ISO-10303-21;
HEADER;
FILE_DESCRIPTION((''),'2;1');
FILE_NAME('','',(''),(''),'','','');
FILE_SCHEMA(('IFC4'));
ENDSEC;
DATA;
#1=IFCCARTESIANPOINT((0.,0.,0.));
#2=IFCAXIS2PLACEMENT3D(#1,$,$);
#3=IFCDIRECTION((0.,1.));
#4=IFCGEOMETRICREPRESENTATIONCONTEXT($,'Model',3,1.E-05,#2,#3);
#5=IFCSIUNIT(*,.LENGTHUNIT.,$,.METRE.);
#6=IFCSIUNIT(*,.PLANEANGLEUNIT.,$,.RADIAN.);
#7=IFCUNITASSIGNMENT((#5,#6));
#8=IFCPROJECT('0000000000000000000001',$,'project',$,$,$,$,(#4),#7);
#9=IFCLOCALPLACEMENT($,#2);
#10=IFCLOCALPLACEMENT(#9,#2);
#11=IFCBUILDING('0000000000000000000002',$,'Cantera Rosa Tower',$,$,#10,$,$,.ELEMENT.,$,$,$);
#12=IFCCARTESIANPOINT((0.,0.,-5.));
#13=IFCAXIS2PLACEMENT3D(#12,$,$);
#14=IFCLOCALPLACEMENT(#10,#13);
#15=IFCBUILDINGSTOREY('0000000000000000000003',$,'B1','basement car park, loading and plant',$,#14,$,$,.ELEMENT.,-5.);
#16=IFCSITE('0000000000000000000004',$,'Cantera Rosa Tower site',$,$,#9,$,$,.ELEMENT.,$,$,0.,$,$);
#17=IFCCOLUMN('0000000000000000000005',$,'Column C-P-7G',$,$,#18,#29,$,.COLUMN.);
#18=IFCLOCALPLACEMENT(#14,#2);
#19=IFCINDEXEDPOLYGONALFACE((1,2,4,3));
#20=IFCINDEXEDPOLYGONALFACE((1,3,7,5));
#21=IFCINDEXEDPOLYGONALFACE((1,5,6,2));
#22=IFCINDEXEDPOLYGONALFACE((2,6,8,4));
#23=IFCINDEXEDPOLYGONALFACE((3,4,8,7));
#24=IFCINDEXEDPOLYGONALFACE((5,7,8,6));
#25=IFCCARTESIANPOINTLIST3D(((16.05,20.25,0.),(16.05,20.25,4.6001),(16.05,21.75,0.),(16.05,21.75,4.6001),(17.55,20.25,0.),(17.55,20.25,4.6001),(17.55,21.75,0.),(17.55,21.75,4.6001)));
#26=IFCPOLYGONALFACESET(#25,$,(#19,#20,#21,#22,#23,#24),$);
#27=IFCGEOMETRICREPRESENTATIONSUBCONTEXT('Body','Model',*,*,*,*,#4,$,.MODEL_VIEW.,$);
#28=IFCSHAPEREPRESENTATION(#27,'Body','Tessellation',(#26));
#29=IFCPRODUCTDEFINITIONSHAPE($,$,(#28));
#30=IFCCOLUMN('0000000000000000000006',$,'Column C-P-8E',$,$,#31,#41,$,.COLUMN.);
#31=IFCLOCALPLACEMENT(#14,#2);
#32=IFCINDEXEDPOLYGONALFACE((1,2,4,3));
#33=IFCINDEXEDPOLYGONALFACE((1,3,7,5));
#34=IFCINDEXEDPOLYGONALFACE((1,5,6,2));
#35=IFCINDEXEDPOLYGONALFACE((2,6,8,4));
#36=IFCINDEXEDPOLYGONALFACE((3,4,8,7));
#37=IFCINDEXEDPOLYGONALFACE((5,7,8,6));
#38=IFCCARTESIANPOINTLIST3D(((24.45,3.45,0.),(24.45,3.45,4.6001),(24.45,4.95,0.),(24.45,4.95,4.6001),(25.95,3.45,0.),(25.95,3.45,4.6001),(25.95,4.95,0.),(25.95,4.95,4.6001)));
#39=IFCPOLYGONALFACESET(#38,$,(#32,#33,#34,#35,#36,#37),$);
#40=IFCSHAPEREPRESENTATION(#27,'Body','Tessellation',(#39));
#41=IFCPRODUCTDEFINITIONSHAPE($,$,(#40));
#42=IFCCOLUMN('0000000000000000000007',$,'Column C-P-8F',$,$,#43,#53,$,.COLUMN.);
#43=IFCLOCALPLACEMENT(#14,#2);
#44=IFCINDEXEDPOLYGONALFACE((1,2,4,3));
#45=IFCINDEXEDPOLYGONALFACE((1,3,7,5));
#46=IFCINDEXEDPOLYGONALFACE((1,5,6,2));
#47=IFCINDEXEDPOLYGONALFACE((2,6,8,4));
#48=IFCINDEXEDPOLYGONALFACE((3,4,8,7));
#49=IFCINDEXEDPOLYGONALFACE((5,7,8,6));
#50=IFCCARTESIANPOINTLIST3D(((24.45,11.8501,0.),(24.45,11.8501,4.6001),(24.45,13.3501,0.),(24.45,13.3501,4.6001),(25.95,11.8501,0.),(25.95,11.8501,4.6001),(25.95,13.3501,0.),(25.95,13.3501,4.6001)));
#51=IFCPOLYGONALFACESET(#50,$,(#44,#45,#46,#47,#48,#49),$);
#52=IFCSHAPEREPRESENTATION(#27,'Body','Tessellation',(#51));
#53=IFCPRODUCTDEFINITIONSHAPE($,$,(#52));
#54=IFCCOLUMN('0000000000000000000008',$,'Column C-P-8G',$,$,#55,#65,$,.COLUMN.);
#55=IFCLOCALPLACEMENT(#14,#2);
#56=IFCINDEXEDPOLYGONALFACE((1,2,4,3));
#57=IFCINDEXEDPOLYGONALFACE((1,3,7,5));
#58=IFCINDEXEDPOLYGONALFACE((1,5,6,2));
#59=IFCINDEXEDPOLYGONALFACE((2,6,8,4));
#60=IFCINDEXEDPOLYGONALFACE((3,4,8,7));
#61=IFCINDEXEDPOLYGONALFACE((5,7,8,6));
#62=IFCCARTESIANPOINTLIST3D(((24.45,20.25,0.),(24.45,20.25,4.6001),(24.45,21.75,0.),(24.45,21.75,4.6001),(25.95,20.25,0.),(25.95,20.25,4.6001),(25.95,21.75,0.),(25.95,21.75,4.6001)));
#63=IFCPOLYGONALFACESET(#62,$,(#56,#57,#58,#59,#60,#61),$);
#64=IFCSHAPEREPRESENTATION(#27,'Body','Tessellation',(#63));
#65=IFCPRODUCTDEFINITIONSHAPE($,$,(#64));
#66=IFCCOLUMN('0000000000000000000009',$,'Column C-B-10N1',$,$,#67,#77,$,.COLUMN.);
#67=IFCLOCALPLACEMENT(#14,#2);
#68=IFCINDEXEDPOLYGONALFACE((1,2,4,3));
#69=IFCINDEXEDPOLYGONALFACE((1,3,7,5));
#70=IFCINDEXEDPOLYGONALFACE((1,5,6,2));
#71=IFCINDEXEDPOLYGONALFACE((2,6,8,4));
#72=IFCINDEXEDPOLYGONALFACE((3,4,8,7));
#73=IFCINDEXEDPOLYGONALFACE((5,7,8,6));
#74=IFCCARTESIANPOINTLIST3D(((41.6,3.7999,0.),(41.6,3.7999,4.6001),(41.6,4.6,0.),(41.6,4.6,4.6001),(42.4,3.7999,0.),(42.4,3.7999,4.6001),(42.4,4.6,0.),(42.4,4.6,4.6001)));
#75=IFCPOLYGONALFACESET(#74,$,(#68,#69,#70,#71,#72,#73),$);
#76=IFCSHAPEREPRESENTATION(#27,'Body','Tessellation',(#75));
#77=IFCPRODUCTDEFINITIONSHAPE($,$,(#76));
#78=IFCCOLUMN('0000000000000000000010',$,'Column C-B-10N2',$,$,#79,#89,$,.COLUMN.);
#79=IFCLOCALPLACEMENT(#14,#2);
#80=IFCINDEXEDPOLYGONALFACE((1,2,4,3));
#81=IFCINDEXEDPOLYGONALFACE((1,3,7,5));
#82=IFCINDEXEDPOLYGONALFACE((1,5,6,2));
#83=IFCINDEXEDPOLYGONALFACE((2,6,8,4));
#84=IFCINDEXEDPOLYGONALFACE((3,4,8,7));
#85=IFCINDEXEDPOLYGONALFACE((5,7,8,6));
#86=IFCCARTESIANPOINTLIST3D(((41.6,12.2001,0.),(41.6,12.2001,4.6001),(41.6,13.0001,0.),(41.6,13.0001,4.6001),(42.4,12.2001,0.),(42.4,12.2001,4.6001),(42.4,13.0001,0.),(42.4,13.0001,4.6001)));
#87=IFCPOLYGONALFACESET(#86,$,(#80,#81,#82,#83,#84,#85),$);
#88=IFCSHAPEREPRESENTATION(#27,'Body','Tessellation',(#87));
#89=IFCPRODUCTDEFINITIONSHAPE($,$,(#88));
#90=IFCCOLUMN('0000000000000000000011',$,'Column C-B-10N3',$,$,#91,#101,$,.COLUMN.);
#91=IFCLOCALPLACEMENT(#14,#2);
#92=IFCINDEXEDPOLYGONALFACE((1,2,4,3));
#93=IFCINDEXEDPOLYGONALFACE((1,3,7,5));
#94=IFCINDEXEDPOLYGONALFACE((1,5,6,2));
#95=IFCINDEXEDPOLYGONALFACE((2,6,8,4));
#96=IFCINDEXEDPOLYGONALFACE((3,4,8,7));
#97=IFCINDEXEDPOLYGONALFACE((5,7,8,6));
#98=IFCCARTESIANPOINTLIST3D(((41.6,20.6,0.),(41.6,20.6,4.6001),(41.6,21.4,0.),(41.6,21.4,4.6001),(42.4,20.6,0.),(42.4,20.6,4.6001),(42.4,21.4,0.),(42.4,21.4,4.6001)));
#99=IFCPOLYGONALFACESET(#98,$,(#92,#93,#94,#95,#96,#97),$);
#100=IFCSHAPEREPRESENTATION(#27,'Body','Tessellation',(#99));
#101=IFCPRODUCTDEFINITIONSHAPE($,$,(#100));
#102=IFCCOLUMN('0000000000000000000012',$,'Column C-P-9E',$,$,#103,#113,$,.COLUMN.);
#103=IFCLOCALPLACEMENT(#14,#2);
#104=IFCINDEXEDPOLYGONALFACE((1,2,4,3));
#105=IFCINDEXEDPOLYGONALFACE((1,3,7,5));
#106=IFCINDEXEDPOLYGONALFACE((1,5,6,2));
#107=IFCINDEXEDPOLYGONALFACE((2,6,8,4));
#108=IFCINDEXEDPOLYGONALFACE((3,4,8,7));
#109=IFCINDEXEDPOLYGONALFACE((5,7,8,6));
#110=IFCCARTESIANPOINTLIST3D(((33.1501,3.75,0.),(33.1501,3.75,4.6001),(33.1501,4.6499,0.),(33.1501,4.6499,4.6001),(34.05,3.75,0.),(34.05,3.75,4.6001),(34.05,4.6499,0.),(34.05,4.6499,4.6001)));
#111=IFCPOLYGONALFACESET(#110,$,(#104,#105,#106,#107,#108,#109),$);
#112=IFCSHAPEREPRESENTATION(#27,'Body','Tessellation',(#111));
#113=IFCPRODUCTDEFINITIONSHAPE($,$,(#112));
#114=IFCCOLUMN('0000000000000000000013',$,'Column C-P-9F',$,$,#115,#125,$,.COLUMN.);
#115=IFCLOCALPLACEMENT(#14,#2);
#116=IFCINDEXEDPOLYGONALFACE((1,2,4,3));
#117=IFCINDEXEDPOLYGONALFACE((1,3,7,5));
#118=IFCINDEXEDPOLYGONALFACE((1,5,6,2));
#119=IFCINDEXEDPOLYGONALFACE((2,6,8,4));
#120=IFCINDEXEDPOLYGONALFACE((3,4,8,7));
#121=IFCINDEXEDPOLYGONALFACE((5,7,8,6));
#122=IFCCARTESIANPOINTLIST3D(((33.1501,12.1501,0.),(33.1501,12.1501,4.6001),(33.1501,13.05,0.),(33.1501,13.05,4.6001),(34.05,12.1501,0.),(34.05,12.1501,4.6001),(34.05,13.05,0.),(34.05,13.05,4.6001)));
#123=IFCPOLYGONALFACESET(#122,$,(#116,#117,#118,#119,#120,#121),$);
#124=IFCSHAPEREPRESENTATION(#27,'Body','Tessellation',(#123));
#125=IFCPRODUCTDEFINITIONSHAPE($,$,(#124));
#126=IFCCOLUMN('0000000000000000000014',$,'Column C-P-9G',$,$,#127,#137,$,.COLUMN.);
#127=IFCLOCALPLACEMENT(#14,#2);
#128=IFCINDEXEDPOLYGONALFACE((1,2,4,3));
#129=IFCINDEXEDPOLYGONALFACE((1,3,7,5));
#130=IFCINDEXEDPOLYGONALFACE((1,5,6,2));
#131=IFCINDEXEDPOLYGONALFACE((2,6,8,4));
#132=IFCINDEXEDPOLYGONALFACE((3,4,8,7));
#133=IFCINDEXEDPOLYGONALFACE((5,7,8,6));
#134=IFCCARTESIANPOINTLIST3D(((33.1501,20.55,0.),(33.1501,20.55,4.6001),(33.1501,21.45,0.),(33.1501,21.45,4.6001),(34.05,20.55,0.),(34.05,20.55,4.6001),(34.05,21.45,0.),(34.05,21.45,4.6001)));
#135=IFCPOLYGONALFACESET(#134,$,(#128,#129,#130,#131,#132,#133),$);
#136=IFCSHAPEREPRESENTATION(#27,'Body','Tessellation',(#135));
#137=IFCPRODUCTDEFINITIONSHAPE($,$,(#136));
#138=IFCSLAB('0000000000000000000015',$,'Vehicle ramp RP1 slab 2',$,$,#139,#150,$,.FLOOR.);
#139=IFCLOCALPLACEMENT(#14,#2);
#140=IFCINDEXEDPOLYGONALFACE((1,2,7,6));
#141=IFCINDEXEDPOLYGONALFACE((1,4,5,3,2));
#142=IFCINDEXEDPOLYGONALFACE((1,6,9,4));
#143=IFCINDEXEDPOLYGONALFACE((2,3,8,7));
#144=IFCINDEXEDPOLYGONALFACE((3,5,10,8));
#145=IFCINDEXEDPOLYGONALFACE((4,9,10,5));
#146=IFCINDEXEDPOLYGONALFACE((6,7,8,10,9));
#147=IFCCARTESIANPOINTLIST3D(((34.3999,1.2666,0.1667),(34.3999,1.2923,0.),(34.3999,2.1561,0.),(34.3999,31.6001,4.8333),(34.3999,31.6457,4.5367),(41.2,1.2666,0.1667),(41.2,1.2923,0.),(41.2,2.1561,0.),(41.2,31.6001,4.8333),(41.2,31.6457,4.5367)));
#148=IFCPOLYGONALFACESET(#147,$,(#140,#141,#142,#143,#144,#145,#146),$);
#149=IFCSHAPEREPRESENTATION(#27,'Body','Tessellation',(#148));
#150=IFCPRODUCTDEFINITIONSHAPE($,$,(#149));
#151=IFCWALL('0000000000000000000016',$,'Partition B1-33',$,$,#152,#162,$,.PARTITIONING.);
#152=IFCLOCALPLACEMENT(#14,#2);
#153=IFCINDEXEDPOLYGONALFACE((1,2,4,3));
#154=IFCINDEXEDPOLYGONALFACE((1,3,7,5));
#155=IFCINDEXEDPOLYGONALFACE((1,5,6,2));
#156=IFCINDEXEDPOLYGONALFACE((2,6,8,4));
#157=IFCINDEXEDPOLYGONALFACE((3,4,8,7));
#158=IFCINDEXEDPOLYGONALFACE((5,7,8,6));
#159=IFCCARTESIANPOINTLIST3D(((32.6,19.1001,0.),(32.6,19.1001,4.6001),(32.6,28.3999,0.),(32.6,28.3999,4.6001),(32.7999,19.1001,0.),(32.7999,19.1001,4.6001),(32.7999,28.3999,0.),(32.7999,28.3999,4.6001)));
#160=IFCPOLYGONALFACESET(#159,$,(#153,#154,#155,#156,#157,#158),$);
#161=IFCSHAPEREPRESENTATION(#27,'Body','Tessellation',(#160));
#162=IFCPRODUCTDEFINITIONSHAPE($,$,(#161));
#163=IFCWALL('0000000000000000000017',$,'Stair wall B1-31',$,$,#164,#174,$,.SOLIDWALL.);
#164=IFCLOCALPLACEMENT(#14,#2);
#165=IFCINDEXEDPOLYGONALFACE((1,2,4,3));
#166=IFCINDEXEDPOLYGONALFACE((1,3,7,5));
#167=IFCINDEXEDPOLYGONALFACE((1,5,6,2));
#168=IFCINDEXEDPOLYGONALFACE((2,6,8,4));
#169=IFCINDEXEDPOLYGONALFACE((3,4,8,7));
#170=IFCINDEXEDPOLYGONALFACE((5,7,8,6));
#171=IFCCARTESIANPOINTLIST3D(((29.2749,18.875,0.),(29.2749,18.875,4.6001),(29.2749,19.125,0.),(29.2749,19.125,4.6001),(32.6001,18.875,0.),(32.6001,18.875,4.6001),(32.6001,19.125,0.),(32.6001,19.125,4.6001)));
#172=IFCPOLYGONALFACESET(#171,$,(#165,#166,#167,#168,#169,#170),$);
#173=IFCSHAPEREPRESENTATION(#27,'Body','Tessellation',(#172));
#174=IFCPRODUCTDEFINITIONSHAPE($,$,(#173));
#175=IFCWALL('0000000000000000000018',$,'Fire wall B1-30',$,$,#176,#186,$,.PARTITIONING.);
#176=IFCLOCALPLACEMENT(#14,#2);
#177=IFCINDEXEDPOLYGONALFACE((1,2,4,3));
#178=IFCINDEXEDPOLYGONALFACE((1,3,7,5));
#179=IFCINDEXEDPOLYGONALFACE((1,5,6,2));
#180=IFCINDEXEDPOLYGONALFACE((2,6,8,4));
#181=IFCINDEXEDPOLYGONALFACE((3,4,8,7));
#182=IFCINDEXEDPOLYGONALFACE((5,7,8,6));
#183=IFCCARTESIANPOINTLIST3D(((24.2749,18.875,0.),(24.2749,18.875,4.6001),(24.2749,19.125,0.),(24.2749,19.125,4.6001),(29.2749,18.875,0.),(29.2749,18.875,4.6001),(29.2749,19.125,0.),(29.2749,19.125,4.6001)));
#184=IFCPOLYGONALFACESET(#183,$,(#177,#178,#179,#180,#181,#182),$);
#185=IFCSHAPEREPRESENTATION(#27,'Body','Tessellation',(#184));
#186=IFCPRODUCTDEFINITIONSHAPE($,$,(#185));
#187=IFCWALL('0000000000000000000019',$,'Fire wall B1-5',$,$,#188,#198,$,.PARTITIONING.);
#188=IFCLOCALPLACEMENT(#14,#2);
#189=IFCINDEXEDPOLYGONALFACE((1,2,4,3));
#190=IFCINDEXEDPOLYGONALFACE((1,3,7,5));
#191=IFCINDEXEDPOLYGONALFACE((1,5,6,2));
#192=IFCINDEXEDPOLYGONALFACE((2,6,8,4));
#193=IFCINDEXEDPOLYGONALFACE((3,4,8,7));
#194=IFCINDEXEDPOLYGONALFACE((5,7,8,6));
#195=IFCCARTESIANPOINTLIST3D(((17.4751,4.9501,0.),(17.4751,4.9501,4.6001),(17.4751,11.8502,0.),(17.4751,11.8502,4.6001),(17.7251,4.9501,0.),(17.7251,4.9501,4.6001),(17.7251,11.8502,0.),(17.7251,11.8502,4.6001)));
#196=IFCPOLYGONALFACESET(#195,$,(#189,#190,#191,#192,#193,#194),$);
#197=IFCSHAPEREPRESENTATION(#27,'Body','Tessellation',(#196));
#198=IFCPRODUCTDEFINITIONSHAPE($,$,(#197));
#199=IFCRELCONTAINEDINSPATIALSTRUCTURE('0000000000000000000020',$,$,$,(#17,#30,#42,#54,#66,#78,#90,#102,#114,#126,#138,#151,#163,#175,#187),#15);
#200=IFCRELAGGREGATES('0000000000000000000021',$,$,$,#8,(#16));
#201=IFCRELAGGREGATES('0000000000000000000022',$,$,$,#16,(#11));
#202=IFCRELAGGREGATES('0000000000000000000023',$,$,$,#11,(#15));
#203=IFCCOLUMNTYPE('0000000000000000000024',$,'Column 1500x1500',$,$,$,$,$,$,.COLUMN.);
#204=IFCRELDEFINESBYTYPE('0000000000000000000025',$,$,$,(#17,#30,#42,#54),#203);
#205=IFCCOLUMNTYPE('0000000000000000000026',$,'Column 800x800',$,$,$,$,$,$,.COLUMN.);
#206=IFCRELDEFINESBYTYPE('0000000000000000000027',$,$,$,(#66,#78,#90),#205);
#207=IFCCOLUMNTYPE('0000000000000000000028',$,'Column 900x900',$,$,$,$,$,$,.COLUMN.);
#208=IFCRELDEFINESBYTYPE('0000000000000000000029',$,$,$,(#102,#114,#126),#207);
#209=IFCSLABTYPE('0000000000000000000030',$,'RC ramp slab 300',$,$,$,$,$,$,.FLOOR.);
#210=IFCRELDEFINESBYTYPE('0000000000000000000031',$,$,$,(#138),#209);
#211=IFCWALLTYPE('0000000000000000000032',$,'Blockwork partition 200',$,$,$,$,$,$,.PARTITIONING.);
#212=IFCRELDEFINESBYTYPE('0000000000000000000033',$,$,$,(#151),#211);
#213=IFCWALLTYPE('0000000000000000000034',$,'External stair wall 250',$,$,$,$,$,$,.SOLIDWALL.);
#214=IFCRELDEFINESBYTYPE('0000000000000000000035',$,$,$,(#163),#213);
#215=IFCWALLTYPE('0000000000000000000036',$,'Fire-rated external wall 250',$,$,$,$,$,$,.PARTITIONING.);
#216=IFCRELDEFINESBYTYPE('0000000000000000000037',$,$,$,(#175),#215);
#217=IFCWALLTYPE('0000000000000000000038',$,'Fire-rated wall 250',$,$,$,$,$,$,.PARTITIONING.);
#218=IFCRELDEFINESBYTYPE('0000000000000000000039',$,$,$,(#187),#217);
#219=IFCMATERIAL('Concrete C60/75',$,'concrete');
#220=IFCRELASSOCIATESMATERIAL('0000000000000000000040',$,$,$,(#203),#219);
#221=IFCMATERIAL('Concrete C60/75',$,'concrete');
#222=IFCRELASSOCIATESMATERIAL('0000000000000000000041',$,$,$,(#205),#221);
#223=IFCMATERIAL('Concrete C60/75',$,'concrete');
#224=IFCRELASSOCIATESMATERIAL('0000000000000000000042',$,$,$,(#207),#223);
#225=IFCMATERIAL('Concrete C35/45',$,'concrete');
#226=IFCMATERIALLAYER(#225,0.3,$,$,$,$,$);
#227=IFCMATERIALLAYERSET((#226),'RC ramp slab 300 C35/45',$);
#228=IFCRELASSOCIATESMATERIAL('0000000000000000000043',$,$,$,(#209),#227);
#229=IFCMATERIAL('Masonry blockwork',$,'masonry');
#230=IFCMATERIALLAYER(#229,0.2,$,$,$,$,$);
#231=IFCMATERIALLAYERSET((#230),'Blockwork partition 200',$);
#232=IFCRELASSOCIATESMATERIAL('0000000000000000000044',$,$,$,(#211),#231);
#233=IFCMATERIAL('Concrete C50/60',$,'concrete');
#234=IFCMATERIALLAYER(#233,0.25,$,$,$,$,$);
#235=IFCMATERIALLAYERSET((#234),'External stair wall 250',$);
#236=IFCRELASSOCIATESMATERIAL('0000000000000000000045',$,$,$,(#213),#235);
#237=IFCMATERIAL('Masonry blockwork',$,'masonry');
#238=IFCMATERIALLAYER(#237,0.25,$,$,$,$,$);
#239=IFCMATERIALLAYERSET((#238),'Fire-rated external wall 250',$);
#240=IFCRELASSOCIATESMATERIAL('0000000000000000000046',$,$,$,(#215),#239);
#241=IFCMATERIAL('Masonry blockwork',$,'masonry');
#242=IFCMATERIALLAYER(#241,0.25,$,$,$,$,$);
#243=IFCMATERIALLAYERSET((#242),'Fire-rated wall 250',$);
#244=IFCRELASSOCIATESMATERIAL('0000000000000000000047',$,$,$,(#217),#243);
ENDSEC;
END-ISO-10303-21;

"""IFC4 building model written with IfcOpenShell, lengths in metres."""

from ifc_helpers import new_model, si_unit, direction, frame, frame_2d, origin, origin_2d, place, context, subcontext, project, spatial, polyline, rectangle, outline, extrude, clip, halfspace, material, layer, layer_set, material_profile, profile_set, type_object, element, save


model = new_model("IFC4")

# Units and contexts
model_context = context("Model", 3, precision=1e-05, world=origin(), true_north=direction((0.0, 1.0)))
body_context = subcontext(model_context, "Body", "Model", "MODEL_VIEW")
ifc_project = project(units=[si_unit("LENGTHUNIT", "METRE"), si_unit("PLANEANGLEUNIT", "RADIAN")], contexts=[model_context])

# Site, building, storey
site_placement = place(None, origin())
site = spatial("IfcSite", under=ifc_project, at=site_placement, Name="Cantera Rosa Tower site", CompositionType="ELEMENT", RefElevation=0.0)
building_placement = place(site_placement, origin())
building = spatial("IfcBuilding", under=site, at=building_placement, Name="Cantera Rosa Tower", CompositionType="ELEMENT")
storey_placement = place(building_placement, frame((0.0, 0.0, -5.0)))
storey = spatial("IfcBuildingStorey", under=building, at=storey_placement, Name="B1", Description="basement car park, loading and plant", CompositionType="ELEMENT", Elevation=-5.0)

# Columns
ifc_material_1 = material(Name="Concrete C60/75", Category="concrete")
ifc_material_profile_1 = material_profile(ifc_material_1, rectangle(XDim=1.5, YDim=1.5, at=origin_2d()), Name="Column 1500x1500")
ifc_profile_set_1 = profile_set([ifc_material_profile_1], Name="Concrete C60/75")
column_type_1 = type_object("IfcColumnType", Name="Column 1500x1500", PredefinedType="COLUMN", material=ifc_profile_set_1)
for number, where, z_axis, x_axis, name in (
    (1, (16.8, 21.0, 0.0), (0.0, 0.0, 1.0), (1.0, 0.0, 0.0), "Column C-P-7G"),
    (2, (25.2, 4.2, 0.0), (0.0, 0.0, 1.0), (1.0, 0.0, 0.0), "Column C-P-8E"),
    (3, (25.2, 12.6001, 0.0), (0.0, 0.0, 1.0), (1.0, 0.0, 0.0), "Column C-P-8F"),
    (4, (25.2, 21.0, 0.0), (0.0, 0.0, 1.0), (1.0, 0.0, 0.0), "Column C-P-8G"),
):
    element("IfcColumn", number, at=place(storey_placement, frame(where, z_axis=z_axis, x_axis=x_axis)), inside=storey, type_object=column_type_1, Name=name, PredefinedType="COLUMN", context=body_context, shape_type="SweptSolid", body=[
        extrude(rectangle(XDim=1.5, YDim=1.5, at=origin_2d()), origin(), (0.0, 0.0, 1.0), 4.6001),
    ])
ifc_material_2 = material(Name="Concrete C60/75", Category="concrete")
ifc_material_profile_2 = material_profile(ifc_material_2, rectangle(XDim=0.8, YDim=0.8, at=origin_2d()), Name="Column 800x800")
ifc_profile_set_2 = profile_set([ifc_material_profile_2], Name="Concrete C60/75")
column_type_2 = type_object("IfcColumnType", Name="Column 800x800", PredefinedType="COLUMN", material=ifc_profile_set_2)
for number, where, z_axis, x_axis, name in (
    (5, (42.0, 4.2, 0.0), (0.0, 0.0, 1.0), (1.0, 0.0, 0.0), "Column C-B-10N1"),
    (6, (42.0, 12.6001, 0.0), (0.0, 0.0, 1.0), (1.0, 0.0, 0.0), "Column C-B-10N2"),
    (7, (42.0, 21.0, 0.0), (0.0, 0.0, 1.0), (1.0, 0.0, 0.0), "Column C-B-10N3"),
):
    element("IfcColumn", number, at=place(storey_placement, frame(where, z_axis=z_axis, x_axis=x_axis)), inside=storey, type_object=column_type_2, Name=name, PredefinedType="COLUMN", context=body_context, shape_type="SweptSolid", body=[
        extrude(rectangle(XDim=0.8, YDim=0.8, at=origin_2d()), origin(), (0.0, 0.0, 1.0), 4.6001),
    ])
ifc_material_3 = material(Name="Concrete C60/75", Category="concrete")
ifc_material_profile_3 = material_profile(ifc_material_3, rectangle(XDim=0.8999, YDim=0.8999, at=origin_2d()), Name="Column 900x900")
ifc_profile_set_3 = profile_set([ifc_material_profile_3], Name="Concrete C60/75")
column_type_3 = type_object("IfcColumnType", Name="Column 900x900", PredefinedType="COLUMN", material=ifc_profile_set_3)
for number, where, z_axis, x_axis, name in (
    (8, (33.6001, 4.2, 0.0), (0.0, 0.0, 1.0), (1.0, 0.0, 0.0), "Column C-P-9E"),
    (9, (33.6001, 12.6001, 0.0), (0.0, 0.0, 1.0), (1.0, 0.0, 0.0), "Column C-P-9F"),
    (10, (33.6001, 21.0, 0.0), (0.0, 0.0, 1.0), (1.0, 0.0, 0.0), "Column C-P-9G"),
):
    element("IfcColumn", number, at=place(storey_placement, frame(where, z_axis=z_axis, x_axis=x_axis)), inside=storey, type_object=column_type_3, Name=name, PredefinedType="COLUMN", context=body_context, shape_type="SweptSolid", body=[
        extrude(rectangle(XDim=0.8999, YDim=0.8999, at=origin_2d()), origin(), (0.0, 0.0, 1.0), 4.6001),
    ])

# Slab
ifc_material_4 = material(Name="Concrete C35/45", Category="concrete")
ifc_layer_1 = layer(ifc_material_4, 0.3)
ifc_layer_set_1 = layer_set([ifc_layer_1], Name="RC ramp slab 300 C35/45")
slab_type = type_object("IfcSlabType", Name="RC ramp slab 300", PredefinedType="FLOOR", material=ifc_layer_set_1)
slab_placement = place(storey_placement, frame((34.3999, 1.2666, 0.1667), z_axis=(0.0, -0.152051, 0.988373), x_axis=(1.0, 0.0, 0.0)))
element("IfcSlab", 11, at=slab_placement, inside=storey, type_object=slab_type, Name="Vehicle ramp RP1 slab 2", PredefinedType="FLOOR", context=body_context, shape_type="Clipping", body=[
    clip(extrude(outline(polyline([(0.0, 0.0), (6.8, 0.0), (6.8, 30.6903), (0.0, 30.6903), (0.0, 0.0)])), origin(), (0.0, 0.0, -1.0), 0.3), halfspace(frame((0.0, -0.0254, -0.1648), z_axis=(0.0, 0.152051, 0.988373), x_axis=(1.0, 0.0, 0.0)), True)),
])

# Walls
ifc_material_5 = material(Name="Masonry blockwork", Category="masonry")
ifc_layer_2 = layer(ifc_material_5, 0.2)
ifc_layer_set_2 = layer_set([ifc_layer_2], Name="Blockwork partition 200")
wall_type_1 = type_object("IfcWallType", Name="Blockwork partition 200", PredefinedType="PARTITIONING", material=ifc_layer_set_2)
wall_1_placement = place(storey_placement, frame((32.7, 19.1001, 0.0), z_axis=(0.0, 0.0, 1.0), x_axis=(0.0, 1.0, 0.0)))
element("IfcWall", 12, at=wall_1_placement, inside=storey, type_object=wall_type_1, Name="Partition B1-33", PredefinedType="PARTITIONING", context=body_context, shape_type="SweptSolid", body=[
    extrude(rectangle(XDim=9.2998, YDim=0.2, at=frame_2d((4.6499, 0.0))), origin(), (0.0, 0.0, 1.0), 4.6001),
])
ifc_material_6 = material(Name="Concrete C50/60", Category="concrete")
ifc_layer_3 = layer(ifc_material_6, 0.25)
ifc_layer_set_3 = layer_set([ifc_layer_3], Name="External stair wall 250")
wall_type_2 = type_object("IfcWallType", Name="External stair wall 250", PredefinedType="SOLIDWALL", material=ifc_layer_set_3)
wall_2_placement = place(storey_placement, frame((32.6001, 19.0, 0.0), z_axis=(0.0, 0.0, 1.0), x_axis=(-1.0, 0.0, 0.0)))
element("IfcWall", 13, at=wall_2_placement, inside=storey, type_object=wall_type_2, Name="Stair wall B1-31", PredefinedType="SOLIDWALL", context=body_context, shape_type="SweptSolid", body=[
    extrude(rectangle(XDim=3.3252, YDim=0.25, at=frame_2d((1.6626, 0.0))), origin(), (0.0, 0.0, 1.0), 4.6001),
])
ifc_material_7 = material(Name="Masonry blockwork", Category="masonry")
ifc_layer_4 = layer(ifc_material_7, 0.25)
ifc_layer_set_4 = layer_set([ifc_layer_4], Name="Fire-rated external wall 250")
wall_type_3 = type_object("IfcWallType", Name="Fire-rated external wall 250", PredefinedType="PARTITIONING", material=ifc_layer_set_4)
wall_3_placement = place(storey_placement, frame((24.2749, 19.0, 0.0), z_axis=(0.0, 0.0, 1.0), x_axis=(1.0, 0.0, 0.0)))
element("IfcWall", 14, at=wall_3_placement, inside=storey, type_object=wall_type_3, Name="Fire wall B1-30", PredefinedType="PARTITIONING", context=body_context, shape_type="SweptSolid", body=[
    extrude(rectangle(XDim=5.0, YDim=0.25, at=frame_2d((2.5, 0.0))), origin(), (0.0, 0.0, 1.0), 4.6001),
])
ifc_material_8 = material(Name="Masonry blockwork", Category="masonry")
ifc_layer_5 = layer(ifc_material_8, 0.25)
ifc_layer_set_5 = layer_set([ifc_layer_5], Name="Fire-rated wall 250")
wall_type_4 = type_object("IfcWallType", Name="Fire-rated wall 250", PredefinedType="PARTITIONING", material=ifc_layer_set_5)
wall_4_placement = place(storey_placement, frame((17.6001, 4.95, 0.0), z_axis=(0.0, 0.0, 1.0), x_axis=(0.0, 1.0, 0.0)))
element("IfcWall", 15, at=wall_4_placement, inside=storey, type_object=wall_type_4, Name="Fire wall B1-5", PredefinedType="PARTITIONING", context=body_context, shape_type="SweptSolid", body=[
    extrude(rectangle(XDim=6.9001, YDim=0.25, at=frame_2d((3.4502, 0.0))), origin(), (0.0, 0.0, 1.0), 4.6001),
])

save(model, "model.ifc")
